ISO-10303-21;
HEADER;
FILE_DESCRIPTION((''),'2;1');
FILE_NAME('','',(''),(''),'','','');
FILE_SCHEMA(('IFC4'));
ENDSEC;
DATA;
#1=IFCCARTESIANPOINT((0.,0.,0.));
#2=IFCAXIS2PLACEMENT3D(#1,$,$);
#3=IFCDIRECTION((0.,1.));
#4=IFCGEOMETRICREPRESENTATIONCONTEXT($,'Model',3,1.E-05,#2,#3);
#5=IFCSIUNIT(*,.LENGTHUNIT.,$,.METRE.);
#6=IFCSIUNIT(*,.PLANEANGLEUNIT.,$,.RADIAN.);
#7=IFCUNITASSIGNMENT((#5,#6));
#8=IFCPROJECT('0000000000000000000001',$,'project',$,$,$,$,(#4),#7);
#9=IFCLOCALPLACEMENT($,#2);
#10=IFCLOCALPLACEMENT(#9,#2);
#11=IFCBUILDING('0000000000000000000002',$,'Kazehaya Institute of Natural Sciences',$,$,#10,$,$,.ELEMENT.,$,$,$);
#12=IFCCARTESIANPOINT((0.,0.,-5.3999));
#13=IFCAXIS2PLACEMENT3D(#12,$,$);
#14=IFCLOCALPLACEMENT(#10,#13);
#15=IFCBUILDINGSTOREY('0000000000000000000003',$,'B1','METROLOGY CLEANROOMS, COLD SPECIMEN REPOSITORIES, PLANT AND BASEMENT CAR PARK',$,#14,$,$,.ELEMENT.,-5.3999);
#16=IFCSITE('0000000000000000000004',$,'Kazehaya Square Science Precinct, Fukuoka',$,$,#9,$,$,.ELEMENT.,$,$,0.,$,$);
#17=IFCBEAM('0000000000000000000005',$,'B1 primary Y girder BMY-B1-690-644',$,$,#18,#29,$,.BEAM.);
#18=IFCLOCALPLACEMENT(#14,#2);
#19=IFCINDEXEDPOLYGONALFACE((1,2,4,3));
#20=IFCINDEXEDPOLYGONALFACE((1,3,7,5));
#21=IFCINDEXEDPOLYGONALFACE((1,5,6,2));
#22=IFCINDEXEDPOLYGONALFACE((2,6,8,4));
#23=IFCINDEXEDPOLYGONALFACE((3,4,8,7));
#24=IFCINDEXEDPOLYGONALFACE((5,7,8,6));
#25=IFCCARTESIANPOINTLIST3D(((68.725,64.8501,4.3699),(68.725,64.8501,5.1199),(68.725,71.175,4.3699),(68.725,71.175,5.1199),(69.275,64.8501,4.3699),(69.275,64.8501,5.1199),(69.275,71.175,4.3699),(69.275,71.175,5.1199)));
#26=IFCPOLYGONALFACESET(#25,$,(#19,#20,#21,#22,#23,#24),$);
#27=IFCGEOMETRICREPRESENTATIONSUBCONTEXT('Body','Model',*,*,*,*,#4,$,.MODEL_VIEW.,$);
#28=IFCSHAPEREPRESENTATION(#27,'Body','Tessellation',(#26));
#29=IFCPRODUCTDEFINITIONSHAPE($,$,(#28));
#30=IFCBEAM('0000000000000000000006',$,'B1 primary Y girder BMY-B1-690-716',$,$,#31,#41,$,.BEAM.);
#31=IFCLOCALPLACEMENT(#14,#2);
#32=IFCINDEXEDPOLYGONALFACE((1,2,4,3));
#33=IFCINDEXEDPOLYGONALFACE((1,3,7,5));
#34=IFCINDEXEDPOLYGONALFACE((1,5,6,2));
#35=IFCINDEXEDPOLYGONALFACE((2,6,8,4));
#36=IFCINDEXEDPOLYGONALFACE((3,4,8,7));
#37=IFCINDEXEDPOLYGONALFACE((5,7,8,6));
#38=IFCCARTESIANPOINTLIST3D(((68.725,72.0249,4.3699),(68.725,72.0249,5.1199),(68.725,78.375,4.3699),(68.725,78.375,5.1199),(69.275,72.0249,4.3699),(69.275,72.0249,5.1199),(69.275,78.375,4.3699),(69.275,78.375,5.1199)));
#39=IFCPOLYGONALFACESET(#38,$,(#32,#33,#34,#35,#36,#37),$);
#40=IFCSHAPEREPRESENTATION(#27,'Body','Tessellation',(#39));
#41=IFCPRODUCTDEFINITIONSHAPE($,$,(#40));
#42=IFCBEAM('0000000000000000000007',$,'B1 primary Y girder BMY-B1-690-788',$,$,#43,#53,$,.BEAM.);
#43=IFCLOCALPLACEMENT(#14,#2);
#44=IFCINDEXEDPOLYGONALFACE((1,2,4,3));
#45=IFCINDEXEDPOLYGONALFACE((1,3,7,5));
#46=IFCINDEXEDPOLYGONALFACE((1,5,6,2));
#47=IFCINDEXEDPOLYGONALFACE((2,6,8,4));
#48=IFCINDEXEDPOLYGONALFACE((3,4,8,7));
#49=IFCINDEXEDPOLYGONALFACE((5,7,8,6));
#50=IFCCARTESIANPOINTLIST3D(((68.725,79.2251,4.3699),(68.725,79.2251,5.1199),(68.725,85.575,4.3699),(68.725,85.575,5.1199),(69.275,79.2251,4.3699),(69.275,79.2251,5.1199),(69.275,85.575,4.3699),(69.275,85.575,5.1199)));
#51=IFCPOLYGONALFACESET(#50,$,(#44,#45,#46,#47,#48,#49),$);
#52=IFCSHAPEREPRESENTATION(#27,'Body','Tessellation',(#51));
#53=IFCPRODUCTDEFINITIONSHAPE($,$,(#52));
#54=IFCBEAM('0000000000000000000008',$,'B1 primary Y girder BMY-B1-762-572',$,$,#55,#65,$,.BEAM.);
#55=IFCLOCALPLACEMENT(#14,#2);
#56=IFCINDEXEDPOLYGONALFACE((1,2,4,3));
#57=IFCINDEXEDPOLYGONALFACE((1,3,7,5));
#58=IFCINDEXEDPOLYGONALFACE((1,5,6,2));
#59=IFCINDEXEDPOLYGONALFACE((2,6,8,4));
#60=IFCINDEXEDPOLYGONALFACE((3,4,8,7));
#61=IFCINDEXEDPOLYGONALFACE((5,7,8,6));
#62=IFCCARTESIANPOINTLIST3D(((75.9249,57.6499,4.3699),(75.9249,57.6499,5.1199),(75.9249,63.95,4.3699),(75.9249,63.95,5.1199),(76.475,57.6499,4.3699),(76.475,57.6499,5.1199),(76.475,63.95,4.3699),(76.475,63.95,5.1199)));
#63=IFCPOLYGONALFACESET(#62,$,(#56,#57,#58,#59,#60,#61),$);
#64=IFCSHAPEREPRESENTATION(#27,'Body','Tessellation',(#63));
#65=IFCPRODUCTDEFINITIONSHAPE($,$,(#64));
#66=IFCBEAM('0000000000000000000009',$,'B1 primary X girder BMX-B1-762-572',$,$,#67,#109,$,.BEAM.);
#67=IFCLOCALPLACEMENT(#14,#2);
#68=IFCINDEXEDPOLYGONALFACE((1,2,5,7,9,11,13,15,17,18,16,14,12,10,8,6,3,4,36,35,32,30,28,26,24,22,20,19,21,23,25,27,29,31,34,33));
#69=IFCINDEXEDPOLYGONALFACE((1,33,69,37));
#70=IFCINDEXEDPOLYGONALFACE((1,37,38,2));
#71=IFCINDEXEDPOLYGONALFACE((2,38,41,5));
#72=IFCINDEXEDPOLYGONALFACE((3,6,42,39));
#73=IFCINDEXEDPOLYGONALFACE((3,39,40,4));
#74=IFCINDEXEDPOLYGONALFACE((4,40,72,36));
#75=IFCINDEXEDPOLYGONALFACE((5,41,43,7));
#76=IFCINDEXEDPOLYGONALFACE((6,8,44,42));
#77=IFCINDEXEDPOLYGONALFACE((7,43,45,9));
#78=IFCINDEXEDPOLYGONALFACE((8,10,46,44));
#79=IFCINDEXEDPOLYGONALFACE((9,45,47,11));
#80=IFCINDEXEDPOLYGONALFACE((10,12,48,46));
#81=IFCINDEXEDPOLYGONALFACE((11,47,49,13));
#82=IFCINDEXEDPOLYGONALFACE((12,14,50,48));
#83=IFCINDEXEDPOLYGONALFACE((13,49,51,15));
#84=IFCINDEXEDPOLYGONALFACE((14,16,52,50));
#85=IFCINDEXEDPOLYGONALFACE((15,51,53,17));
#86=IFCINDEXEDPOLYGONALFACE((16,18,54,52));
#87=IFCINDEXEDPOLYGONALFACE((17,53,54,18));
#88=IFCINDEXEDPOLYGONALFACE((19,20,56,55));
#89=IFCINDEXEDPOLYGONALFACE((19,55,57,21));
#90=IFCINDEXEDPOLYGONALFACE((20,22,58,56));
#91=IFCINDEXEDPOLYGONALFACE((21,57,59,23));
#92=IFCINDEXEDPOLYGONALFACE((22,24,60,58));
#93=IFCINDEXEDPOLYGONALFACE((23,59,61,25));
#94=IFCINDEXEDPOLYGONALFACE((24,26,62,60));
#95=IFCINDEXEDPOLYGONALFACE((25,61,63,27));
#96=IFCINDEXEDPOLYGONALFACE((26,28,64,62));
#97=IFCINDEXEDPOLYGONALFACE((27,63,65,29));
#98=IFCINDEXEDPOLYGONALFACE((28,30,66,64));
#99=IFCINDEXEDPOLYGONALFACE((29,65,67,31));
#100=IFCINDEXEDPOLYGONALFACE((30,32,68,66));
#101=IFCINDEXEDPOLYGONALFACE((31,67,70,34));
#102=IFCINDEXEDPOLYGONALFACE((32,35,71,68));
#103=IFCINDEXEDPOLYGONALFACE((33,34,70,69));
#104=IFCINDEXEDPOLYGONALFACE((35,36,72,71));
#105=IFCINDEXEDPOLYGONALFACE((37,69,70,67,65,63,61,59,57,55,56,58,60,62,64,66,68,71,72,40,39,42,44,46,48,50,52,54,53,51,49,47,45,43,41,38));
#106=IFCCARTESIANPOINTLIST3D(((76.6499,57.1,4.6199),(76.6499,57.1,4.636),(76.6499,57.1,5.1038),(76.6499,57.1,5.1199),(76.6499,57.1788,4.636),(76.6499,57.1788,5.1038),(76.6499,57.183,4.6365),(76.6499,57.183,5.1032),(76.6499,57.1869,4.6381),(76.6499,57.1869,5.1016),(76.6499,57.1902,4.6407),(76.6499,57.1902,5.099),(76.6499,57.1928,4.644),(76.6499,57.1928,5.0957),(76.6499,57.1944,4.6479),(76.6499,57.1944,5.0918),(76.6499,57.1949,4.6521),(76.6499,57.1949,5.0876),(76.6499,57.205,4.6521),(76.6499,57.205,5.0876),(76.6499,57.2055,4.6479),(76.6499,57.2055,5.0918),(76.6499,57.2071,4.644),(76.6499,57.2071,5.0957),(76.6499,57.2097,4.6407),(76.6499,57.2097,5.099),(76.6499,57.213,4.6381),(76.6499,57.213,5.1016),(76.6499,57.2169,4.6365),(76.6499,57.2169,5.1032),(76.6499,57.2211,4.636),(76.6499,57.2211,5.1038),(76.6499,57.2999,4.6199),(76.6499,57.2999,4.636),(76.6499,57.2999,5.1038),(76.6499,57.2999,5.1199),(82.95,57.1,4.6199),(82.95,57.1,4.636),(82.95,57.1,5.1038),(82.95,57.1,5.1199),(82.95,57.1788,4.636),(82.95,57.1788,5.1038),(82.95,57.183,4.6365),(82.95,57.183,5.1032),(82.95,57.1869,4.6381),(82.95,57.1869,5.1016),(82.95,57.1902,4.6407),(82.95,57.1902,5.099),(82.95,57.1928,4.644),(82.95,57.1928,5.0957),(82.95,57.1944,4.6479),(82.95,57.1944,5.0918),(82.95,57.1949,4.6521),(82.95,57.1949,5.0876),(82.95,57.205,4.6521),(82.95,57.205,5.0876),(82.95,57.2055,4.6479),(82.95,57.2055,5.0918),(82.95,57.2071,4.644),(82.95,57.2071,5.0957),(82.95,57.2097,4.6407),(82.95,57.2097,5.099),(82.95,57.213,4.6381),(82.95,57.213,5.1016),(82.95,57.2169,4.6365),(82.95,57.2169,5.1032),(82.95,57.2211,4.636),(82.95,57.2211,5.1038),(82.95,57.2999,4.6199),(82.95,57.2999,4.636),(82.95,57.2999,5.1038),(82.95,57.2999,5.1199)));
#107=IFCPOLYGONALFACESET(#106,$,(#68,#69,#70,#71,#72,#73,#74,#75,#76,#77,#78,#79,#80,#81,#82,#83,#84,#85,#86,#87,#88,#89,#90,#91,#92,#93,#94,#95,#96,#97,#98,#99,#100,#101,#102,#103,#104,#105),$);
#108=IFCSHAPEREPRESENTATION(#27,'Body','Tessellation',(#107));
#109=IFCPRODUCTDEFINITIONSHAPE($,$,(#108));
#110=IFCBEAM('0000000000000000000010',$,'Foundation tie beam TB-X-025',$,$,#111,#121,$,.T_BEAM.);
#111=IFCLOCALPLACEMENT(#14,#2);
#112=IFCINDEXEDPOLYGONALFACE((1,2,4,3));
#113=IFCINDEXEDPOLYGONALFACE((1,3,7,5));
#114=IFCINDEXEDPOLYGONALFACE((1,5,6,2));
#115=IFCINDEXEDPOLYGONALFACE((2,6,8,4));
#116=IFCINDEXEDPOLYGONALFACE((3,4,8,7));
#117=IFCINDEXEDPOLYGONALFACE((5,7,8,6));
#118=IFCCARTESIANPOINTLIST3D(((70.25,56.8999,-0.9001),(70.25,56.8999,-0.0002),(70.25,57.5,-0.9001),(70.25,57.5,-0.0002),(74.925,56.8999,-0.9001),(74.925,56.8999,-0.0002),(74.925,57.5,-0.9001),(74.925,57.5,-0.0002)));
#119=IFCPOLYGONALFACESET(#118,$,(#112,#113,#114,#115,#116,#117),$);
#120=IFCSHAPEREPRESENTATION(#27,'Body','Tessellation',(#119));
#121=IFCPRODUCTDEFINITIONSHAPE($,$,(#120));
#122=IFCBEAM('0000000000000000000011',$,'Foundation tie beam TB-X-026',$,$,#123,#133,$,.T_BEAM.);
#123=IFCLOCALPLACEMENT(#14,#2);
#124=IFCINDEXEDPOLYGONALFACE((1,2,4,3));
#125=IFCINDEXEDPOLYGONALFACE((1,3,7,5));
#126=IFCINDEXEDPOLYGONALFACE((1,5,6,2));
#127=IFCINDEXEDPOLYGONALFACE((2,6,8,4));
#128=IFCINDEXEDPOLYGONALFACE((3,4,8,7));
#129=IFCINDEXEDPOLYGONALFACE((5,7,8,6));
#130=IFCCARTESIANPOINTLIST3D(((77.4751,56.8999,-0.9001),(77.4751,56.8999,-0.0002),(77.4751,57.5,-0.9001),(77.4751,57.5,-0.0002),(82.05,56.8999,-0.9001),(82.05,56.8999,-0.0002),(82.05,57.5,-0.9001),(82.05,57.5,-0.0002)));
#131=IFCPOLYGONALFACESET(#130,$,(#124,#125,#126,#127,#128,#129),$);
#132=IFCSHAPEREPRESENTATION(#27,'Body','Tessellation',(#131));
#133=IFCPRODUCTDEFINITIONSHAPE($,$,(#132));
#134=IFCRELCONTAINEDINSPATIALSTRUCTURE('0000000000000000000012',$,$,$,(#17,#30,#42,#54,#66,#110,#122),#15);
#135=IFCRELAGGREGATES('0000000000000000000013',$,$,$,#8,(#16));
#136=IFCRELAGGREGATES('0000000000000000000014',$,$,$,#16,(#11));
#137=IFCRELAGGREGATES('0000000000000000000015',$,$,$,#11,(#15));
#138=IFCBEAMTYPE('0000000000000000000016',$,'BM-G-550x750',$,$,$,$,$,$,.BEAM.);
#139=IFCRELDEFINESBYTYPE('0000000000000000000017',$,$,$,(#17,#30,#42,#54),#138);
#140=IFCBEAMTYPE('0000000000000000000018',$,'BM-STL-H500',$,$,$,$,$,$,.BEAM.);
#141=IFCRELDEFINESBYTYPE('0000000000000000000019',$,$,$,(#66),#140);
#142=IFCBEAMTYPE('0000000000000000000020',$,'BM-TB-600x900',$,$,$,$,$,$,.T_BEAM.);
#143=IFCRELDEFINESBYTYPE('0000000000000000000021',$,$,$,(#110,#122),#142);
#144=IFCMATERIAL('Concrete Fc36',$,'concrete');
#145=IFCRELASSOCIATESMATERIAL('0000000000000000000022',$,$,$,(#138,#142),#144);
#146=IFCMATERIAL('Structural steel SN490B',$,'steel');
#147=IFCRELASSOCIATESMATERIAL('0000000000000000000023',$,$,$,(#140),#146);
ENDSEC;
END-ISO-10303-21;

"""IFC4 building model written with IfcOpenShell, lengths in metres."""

from ifc_helpers import new_model, si_unit, direction, frame, origin, origin_2d, place, context, subcontext, project, spatial, rectangle, i_section, extrude, material, material_profile, profile_set, type_object, element, save


model = new_model("IFC4")

# Units and contexts
model_context = context("Model", 3, precision=1e-05, world=origin(), true_north=direction((0.0, 1.0)))
body_context = subcontext(model_context, "Body", "Model", "MODEL_VIEW")
ifc_project = project(units=[si_unit("LENGTHUNIT", "METRE"), si_unit("PLANEANGLEUNIT", "RADIAN")], contexts=[model_context])

# Site, building, storey
site_placement = place(None, origin())
site = spatial("IfcSite", under=ifc_project, at=site_placement, Name="Kazehaya Square Science Precinct, Fukuoka", CompositionType="ELEMENT", RefElevation=0.0)
building_placement = place(site_placement, origin())
building = spatial("IfcBuilding", under=site, at=building_placement, Name="Kazehaya Institute of Natural Sciences", CompositionType="ELEMENT")
storey_placement = place(building_placement, frame((0.0, 0.0, -5.3999)))
storey = spatial("IfcBuildingStorey", under=building, at=storey_placement, Name="B1", Description="METROLOGY CLEANROOMS, COLD SPECIMEN REPOSITORIES, PLANT AND BASEMENT CAR PARK", CompositionType="ELEMENT", Elevation=-5.3999)

# Shared definitions
ifc_material_1 = material(Name="Concrete Fc36", Category="concrete")

# Beams
ifc_material_profile_1 = material_profile(ifc_material_1, rectangle(XDim=0.55, YDim=0.75, at=origin_2d()), Name="RC-550x750")
ifc_profile_set_1 = profile_set([ifc_material_profile_1], Name="Concrete Fc36")
beam_type_1 = type_object("IfcBeamType", Name="BM-G-550x750", PredefinedType="BEAM", material=ifc_profile_set_1)
beam_1_placement = place(storey_placement, frame((69.0, 64.8501, 4.7449), z_axis=(0.0, 1.0, 0.0), x_axis=(-1.0, 0.0, 0.0)))
element("IfcBeam", 1, at=beam_1_placement, inside=storey, type_object=beam_type_1, Name="B1 primary Y girder BMY-B1-690-644", PredefinedType="BEAM", context=body_context, shape_type="SweptSolid", body=[
    extrude(rectangle(XDim=0.55, YDim=0.75, at=origin_2d()), origin(), (0.0, 0.0, 1.0), 6.325),
])
beam_2_placement = place(storey_placement, frame((69.0, 72.0249, 4.7449), z_axis=(0.0, 1.0, 0.0), x_axis=(-1.0, 0.0, 0.0)))
element("IfcBeam", 2, at=beam_2_placement, inside=storey, type_object=beam_type_1, Name="B1 primary Y girder BMY-B1-690-716", PredefinedType="BEAM", context=body_context, shape_type="SweptSolid", body=[
    extrude(rectangle(XDim=0.55, YDim=0.75, at=origin_2d()), origin(), (0.0, 0.0, 1.0), 6.3501),
])
beam_3_placement = place(storey_placement, frame((69.0, 79.2251, 4.7449), z_axis=(0.0, 1.0, 0.0), x_axis=(-1.0, 0.0, 0.0)))
element("IfcBeam", 3, at=beam_3_placement, inside=storey, type_object=beam_type_1, Name="B1 primary Y girder BMY-B1-690-788", PredefinedType="BEAM", context=body_context, shape_type="SweptSolid", body=[
    extrude(rectangle(XDim=0.55, YDim=0.75, at=origin_2d()), origin(), (0.0, 0.0, 1.0), 6.3499),
])
beam_4_placement = place(storey_placement, frame((76.2, 57.6499, 4.7449), z_axis=(0.0, 1.0, 0.0), x_axis=(-1.0, 0.0, 0.0)))
element("IfcBeam", 4, at=beam_4_placement, inside=storey, type_object=beam_type_1, Name="B1 primary Y girder BMY-B1-762-572", PredefinedType="BEAM", context=body_context, shape_type="SweptSolid", body=[
    extrude(rectangle(XDim=0.55, YDim=0.75, at=origin_2d()), origin(), (0.0, 0.0, 1.0), 6.3),
])
ifc_material_2 = material(Name="Structural steel SN490B", Category="steel")
ifc_material_profile_2 = material_profile(ifc_material_2, i_section(OverallWidth=0.2, OverallDepth=0.5, WebThickness=0.01, FlangeThickness=0.0161, FilletRadius=0.0161, at=origin_2d()), Name="H-500x200x10x16")
ifc_profile_set_2 = profile_set([ifc_material_profile_2], Name="Structural steel SN490B")
beam_type_2 = type_object("IfcBeamType", Name="BM-STL-H500", PredefinedType="BEAM", material=ifc_profile_set_2)
beam_5_placement = place(storey_placement, frame((76.6499, 57.2, 4.8699), z_axis=(1.0, 0.0, 0.0), x_axis=(0.0, 1.0, 0.0)))
element("IfcBeam", 5, at=beam_5_placement, inside=storey, type_object=beam_type_2, Name="B1 primary X girder BMX-B1-762-572", PredefinedType="BEAM", context=body_context, shape_type="SweptSolid", body=[
    extrude(i_section(OverallWidth=0.2, OverallDepth=0.5, WebThickness=0.01, FlangeThickness=0.0161, FilletRadius=0.0161, at=origin_2d()), origin(), (0.0, 0.0, 1.0), 6.3),
])
ifc_material_profile_3 = material_profile(ifc_material_1, rectangle(XDim=0.6001, YDim=0.8999, at=origin_2d()), Name="RC-600x900")
ifc_profile_set_3 = profile_set([ifc_material_profile_3], Name="Concrete Fc36")
beam_type_3 = type_object("IfcBeamType", Name="BM-TB-600x900", PredefinedType="T_BEAM", material=ifc_profile_set_3)
beam_6_placement = place(storey_placement, frame((70.25, 57.2, -0.4502), z_axis=(1.0, 0.0, 0.0), x_axis=(0.0, 1.0, 0.0)))
element("IfcBeam", 6, at=beam_6_placement, inside=storey, type_object=beam_type_3, Name="Foundation tie beam TB-X-025", PredefinedType="T_BEAM", context=body_context, shape_type="SweptSolid", body=[
    extrude(rectangle(XDim=0.6001, YDim=0.8999, at=origin_2d()), origin(), (0.0, 0.0, 1.0), 4.675),
])
beam_7_placement = place(storey_placement, frame((77.4751, 57.2, -0.4502), z_axis=(1.0, 0.0, 0.0), x_axis=(0.0, 1.0, 0.0)))
element("IfcBeam", 7, at=beam_7_placement, inside=storey, type_object=beam_type_3, Name="Foundation tie beam TB-X-026", PredefinedType="T_BEAM", context=body_context, shape_type="SweptSolid", body=[
    extrude(rectangle(XDim=0.6001, YDim=0.8999, at=origin_2d()), origin(), (0.0, 0.0, 1.0), 4.575),
])

save(model, "model.ifc")
